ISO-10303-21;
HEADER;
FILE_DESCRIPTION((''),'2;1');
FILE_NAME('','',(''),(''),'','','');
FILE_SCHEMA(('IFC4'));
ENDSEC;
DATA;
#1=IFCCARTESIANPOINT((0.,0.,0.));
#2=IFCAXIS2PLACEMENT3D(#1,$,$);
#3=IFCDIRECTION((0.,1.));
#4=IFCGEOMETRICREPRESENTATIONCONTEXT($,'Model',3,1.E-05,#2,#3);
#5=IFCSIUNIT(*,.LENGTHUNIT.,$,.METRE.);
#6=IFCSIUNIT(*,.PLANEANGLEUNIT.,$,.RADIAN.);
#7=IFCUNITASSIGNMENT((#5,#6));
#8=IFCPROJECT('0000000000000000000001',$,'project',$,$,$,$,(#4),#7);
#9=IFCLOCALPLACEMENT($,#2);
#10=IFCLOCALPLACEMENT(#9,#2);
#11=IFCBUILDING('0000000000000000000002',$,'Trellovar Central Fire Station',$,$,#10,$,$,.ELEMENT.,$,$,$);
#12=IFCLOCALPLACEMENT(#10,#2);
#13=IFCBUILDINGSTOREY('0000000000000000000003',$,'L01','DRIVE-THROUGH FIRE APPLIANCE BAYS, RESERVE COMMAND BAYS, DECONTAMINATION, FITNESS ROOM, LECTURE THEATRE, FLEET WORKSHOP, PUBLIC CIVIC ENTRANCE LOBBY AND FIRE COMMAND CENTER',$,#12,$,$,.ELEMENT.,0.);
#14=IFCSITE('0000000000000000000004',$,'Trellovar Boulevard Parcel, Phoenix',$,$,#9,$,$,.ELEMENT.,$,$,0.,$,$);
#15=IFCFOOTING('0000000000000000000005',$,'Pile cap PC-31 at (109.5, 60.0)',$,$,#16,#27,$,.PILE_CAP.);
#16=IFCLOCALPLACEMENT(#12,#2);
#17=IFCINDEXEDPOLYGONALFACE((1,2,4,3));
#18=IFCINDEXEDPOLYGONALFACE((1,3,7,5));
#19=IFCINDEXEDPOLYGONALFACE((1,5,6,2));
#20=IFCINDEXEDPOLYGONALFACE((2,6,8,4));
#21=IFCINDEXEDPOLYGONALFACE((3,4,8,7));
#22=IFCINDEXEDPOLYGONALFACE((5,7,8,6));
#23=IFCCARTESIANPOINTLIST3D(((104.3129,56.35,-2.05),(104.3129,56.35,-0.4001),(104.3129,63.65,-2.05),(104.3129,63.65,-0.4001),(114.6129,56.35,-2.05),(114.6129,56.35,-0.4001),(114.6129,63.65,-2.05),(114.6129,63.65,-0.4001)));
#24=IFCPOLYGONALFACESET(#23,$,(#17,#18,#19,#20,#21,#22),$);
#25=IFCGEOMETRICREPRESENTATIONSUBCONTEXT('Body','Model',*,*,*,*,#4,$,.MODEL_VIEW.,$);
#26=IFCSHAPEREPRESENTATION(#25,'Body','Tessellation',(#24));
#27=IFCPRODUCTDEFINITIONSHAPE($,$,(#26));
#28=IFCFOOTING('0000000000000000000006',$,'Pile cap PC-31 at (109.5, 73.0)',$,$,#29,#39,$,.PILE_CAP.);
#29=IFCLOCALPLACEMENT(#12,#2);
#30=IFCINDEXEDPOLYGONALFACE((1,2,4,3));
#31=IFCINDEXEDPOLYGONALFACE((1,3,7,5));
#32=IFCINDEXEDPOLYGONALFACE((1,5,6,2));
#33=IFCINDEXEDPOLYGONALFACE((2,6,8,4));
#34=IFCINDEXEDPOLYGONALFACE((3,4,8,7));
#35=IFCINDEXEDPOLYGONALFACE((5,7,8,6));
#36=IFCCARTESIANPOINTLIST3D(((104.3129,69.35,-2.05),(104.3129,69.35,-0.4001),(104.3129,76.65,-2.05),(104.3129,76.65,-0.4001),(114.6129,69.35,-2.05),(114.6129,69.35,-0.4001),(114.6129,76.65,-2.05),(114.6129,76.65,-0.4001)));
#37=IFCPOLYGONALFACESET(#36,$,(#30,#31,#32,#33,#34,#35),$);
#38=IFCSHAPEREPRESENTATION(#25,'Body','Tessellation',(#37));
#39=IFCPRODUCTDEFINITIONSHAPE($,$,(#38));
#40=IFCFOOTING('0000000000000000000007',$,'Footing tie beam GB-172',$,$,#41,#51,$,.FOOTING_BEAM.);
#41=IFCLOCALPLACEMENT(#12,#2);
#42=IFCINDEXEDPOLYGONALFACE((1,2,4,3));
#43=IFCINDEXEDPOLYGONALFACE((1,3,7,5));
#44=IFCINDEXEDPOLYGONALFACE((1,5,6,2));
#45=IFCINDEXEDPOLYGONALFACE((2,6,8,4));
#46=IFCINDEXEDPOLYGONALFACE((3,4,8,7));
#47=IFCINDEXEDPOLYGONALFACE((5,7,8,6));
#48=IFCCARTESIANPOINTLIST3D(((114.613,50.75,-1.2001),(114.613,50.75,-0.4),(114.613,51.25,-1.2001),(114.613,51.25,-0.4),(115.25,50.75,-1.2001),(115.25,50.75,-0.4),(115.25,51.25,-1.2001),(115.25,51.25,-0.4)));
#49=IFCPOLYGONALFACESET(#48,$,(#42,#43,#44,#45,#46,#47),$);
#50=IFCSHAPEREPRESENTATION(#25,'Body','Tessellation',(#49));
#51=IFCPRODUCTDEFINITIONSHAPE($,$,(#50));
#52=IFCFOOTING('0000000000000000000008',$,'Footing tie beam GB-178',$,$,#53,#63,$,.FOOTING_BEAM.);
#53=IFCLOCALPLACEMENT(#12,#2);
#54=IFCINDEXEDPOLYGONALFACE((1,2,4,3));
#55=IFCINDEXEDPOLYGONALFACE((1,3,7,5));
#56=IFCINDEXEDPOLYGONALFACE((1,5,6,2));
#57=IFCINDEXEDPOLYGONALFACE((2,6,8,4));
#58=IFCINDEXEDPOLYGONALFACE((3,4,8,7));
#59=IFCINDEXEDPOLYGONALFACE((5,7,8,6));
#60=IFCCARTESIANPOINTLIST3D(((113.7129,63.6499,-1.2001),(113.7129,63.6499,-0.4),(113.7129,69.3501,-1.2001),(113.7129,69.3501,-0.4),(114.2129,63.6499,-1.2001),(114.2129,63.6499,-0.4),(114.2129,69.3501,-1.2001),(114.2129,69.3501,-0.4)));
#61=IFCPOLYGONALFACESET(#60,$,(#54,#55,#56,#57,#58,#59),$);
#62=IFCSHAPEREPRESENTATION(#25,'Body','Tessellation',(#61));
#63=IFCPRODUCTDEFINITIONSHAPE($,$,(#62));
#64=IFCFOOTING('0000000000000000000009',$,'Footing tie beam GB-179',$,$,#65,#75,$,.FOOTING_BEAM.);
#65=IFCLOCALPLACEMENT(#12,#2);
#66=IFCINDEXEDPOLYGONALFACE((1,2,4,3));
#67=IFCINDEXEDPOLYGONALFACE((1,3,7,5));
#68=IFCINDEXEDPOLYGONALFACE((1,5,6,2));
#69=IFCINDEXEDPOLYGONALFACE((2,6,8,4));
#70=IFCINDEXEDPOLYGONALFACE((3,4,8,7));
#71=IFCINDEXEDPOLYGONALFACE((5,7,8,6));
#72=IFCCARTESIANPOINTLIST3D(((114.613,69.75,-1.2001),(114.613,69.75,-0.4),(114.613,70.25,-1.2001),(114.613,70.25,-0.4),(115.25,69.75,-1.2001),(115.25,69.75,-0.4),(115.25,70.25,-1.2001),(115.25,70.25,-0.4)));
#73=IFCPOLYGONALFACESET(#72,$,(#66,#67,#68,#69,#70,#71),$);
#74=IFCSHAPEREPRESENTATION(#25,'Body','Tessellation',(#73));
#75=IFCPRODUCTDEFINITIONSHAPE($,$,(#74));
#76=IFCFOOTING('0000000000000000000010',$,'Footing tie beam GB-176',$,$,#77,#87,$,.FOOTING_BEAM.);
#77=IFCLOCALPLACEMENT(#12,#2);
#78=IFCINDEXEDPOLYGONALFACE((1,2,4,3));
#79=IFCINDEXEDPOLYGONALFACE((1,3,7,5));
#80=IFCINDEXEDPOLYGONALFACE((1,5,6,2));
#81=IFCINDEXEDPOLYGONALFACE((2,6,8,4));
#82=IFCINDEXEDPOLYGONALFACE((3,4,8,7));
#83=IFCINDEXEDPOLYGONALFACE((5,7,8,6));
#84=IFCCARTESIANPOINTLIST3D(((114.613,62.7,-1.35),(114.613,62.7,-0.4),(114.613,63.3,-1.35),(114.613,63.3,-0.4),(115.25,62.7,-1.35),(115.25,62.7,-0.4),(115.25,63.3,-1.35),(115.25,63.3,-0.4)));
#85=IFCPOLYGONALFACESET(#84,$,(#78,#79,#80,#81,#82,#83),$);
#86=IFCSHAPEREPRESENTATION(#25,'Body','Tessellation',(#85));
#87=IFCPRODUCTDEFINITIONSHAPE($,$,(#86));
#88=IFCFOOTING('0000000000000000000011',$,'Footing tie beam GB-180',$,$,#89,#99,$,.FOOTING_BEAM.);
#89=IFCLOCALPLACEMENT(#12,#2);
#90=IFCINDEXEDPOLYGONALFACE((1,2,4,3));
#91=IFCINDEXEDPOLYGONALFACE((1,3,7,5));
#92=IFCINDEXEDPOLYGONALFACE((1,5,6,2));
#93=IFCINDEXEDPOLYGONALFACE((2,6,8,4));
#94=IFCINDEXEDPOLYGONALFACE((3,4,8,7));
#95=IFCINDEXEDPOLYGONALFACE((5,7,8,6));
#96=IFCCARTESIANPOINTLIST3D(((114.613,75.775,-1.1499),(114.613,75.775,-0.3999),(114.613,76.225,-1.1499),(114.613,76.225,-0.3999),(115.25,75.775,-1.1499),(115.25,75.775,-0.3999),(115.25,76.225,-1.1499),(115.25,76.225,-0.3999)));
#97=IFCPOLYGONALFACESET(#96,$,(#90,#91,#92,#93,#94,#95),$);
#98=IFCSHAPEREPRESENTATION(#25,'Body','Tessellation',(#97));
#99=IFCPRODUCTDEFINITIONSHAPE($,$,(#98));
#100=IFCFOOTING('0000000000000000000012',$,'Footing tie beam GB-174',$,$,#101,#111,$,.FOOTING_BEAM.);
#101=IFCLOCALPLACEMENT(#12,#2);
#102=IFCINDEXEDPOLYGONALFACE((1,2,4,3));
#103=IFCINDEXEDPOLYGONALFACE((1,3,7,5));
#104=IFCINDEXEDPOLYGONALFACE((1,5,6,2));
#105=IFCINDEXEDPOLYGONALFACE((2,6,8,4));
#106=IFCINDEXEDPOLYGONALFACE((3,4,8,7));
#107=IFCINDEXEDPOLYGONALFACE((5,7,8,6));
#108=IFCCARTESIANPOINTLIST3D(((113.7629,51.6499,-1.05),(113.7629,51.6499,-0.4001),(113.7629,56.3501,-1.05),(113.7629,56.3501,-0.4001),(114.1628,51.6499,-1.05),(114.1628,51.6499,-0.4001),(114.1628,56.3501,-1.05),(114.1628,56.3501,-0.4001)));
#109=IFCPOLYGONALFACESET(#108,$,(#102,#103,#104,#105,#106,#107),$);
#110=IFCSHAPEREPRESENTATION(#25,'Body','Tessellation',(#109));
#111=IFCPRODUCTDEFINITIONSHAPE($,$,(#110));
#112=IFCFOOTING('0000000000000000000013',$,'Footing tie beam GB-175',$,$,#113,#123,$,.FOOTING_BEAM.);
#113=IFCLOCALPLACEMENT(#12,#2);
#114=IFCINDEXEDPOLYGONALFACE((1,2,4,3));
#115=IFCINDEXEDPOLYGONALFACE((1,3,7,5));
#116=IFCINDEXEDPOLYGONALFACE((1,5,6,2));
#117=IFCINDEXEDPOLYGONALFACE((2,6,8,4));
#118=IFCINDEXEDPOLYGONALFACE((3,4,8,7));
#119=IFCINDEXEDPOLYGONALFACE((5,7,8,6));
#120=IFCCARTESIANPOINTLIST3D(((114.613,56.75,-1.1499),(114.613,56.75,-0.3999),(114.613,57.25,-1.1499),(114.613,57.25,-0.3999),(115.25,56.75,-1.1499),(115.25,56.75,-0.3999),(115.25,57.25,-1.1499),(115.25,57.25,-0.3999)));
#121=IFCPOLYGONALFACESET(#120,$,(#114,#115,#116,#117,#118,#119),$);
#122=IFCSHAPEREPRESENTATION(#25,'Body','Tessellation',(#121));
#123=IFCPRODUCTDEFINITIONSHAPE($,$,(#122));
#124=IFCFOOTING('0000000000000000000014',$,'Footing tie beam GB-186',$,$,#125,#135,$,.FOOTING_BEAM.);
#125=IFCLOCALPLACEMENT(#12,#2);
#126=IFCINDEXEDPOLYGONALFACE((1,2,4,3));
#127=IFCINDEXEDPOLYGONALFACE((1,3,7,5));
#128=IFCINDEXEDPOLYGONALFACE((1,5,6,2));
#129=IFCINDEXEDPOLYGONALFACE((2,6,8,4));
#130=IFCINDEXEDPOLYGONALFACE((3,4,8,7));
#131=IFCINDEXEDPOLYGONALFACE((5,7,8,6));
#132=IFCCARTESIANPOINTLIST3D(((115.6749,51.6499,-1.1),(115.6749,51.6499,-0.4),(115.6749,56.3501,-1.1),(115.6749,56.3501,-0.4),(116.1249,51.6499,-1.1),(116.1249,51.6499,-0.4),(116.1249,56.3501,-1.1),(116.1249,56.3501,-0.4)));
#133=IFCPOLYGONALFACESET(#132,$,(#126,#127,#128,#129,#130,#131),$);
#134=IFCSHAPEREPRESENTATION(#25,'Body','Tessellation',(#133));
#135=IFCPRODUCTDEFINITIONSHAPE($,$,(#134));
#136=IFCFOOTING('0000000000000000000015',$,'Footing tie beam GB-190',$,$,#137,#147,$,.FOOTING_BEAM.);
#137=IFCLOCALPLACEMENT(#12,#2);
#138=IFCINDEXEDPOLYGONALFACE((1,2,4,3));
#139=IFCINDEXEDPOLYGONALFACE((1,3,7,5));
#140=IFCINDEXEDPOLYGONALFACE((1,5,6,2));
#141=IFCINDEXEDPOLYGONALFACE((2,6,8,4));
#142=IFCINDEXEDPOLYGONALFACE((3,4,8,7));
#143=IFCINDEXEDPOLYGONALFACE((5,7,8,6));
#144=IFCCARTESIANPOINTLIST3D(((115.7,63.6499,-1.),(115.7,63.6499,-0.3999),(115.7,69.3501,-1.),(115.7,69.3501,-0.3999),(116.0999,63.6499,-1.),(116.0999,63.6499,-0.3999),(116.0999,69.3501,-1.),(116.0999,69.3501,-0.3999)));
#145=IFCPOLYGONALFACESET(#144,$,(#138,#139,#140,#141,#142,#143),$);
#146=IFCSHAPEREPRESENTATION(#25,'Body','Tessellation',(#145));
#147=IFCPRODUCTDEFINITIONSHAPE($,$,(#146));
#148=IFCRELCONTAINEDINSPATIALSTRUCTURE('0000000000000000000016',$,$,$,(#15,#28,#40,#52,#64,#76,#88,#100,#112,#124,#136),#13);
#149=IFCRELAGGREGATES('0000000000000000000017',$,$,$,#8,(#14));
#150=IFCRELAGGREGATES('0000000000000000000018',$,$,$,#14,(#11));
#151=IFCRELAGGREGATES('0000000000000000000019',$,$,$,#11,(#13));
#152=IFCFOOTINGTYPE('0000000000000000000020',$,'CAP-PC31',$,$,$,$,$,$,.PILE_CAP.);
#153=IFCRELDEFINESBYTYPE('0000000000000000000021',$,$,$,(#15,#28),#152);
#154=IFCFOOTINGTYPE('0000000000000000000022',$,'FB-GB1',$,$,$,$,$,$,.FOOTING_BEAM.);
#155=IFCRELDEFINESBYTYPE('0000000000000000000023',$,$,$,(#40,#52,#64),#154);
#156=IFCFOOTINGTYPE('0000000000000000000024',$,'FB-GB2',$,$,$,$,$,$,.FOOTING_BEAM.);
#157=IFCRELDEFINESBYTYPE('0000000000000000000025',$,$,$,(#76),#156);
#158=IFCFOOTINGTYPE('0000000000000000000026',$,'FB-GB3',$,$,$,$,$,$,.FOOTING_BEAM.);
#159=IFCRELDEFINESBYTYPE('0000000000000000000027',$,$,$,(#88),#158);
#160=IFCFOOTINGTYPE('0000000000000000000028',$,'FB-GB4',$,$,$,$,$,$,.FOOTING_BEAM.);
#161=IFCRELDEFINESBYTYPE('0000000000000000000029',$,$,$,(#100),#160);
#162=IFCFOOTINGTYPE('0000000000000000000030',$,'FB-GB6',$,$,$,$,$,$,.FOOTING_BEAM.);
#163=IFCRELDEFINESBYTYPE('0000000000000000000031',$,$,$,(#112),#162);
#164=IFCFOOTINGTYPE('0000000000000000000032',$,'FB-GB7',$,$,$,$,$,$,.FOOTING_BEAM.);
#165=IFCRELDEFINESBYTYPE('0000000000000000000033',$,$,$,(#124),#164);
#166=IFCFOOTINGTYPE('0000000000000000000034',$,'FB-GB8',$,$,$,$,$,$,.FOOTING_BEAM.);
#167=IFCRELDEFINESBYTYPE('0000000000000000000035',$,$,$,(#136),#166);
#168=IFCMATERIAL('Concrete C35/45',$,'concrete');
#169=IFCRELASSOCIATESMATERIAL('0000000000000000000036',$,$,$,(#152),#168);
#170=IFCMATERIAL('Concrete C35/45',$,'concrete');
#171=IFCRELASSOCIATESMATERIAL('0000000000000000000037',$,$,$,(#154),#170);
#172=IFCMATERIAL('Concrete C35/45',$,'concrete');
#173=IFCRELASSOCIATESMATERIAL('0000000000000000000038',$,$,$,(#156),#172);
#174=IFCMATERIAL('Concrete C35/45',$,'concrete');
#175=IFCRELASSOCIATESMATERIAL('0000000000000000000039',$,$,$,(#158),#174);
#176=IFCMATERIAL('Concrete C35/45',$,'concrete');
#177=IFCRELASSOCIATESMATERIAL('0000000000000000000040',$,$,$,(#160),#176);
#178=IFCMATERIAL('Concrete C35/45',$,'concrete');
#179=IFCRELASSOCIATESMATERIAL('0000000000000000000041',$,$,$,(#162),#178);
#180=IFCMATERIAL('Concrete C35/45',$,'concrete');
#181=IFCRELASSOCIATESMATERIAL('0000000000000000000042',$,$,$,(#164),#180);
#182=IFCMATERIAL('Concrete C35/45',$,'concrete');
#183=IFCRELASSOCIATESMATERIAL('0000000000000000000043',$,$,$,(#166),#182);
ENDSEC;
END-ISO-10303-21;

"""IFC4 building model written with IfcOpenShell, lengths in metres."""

from ifc_helpers import new_model, si_unit, direction, frame, origin, origin_2d, place, context, subcontext, project, spatial, rectangle, extrude, material, material_profile, profile_set, type_object, element, save


model = new_model("IFC4")

# Units and contexts
model_context = context("Model", 3, precision=1e-05, world=origin(), true_north=direction((0.0, 1.0)))
body_context = subcontext(model_context, "Body", "Model", "MODEL_VIEW")
ifc_project = project(units=[si_unit("LENGTHUNIT", "METRE"), si_unit("PLANEANGLEUNIT", "RADIAN")], contexts=[model_context])

# Site, building, storey
site_placement = place(None, origin())
site = spatial("IfcSite", under=ifc_project, at=site_placement, Name="Trellovar Boulevard Parcel, Phoenix", CompositionType="ELEMENT", RefElevation=0.0)
building_placement = place(site_placement, origin())
building = spatial("IfcBuilding", under=site, at=building_placement, Name="Trellovar Central Fire Station", CompositionType="ELEMENT")
storey_placement = place(building_placement, origin())
storey = spatial("IfcBuildingStorey", under=building, at=storey_placement, Name="L01", Description="DRIVE-THROUGH FIRE APPLIANCE BAYS, RESERVE COMMAND BAYS, DECONTAMINATION, FITNESS ROOM, LECTURE THEATRE, FLEET WORKSHOP, PUBLIC CIVIC ENTRANCE LOBBY AND FIRE COMMAND CENTER", CompositionType="ELEMENT", Elevation=0.0)

# Footings
ifc_material_1 = material(Name="Concrete C35/45", Category="concrete")
footing_type_1 = type_object("IfcFootingType", Name="CAP-PC31", PredefinedType="PILE_CAP", material=ifc_material_1)
for number, where, z_axis, x_axis, name in (
    (1, (109.4629, 60.0, -2.05), (0.0, 0.0, 1.0), (1.0, 0.0, 0.0), "Pile cap PC-31 at (109.5, 60.0)"),
    (2, (109.4629, 73.0, -2.05), (0.0, 0.0, 1.0), (1.0, 0.0, 0.0), "Pile cap PC-31 at (109.5, 73.0)"),
):
    element("IfcFooting", number, at=place(storey_placement, frame(where, z_axis=z_axis, x_axis=x_axis)), inside=storey, type_object=footing_type_1, Name=name, PredefinedType="PILE_CAP", context=body_context, shape_type="SweptSolid", body=[
        extrude(rectangle(XDim=10.3, YDim=7.3, at=origin_2d()), origin(), (0.0, 0.0, 1.0), 1.6499),
    ])
ifc_material_2 = material(Name="Concrete C35/45", Category="concrete")
ifc_material_profile_1 = material_profile(ifc_material_2, rectangle(XDim=0.5, YDim=0.8, at=origin_2d()), Name="RC500X800")
ifc_profile_set_1 = profile_set([ifc_material_profile_1], Name="Concrete C35/45")
footing_type_2 = type_object("IfcFootingType", Name="FB-GB1", PredefinedType="FOOTING_BEAM", material=ifc_profile_set_1)
footing_1_placement = place(storey_placement, frame((114.613, 51.0, -0.8), z_axis=(1.0, 0.0, 0.0), x_axis=(0.0, 1.0, 0.0)))
element("IfcFooting", 3, at=footing_1_placement, inside=storey, type_object=footing_type_2, Name="Footing tie beam GB-172", PredefinedType="FOOTING_BEAM", context=body_context, shape_type="SweptSolid", body=[
    extrude(rectangle(XDim=0.5, YDim=0.8, at=origin_2d()), origin(), (0.0, 0.0, 1.0), 0.637),
])
footing_2_placement = place(storey_placement, frame((113.9629, 63.6499, -0.8), z_axis=(0.0, 1.0, 0.0), x_axis=(-1.0, 0.0, 0.0)))
element("IfcFooting", 4, at=footing_2_placement, inside=storey, type_object=footing_type_2, Name="Footing tie beam GB-178", PredefinedType="FOOTING_BEAM", context=body_context, shape_type="SweptSolid", body=[
    extrude(rectangle(XDim=0.5, YDim=0.8, at=origin_2d()), origin(), (0.0, 0.0, 1.0), 5.7002),
])
footing_3_placement = place(storey_placement, frame((114.613, 70.0, -0.8), z_axis=(1.0, 0.0, 0.0), x_axis=(0.0, 1.0, 0.0)))
element("IfcFooting", 5, at=footing_3_placement, inside=storey, type_object=footing_type_2, Name="Footing tie beam GB-179", PredefinedType="FOOTING_BEAM", context=body_context, shape_type="SweptSolid", body=[
    extrude(rectangle(XDim=0.5, YDim=0.8, at=origin_2d()), origin(), (0.0, 0.0, 1.0), 0.637),
])
ifc_material_3 = material(Name="Concrete C35/45", Category="concrete")
ifc_material_profile_2 = material_profile(ifc_material_3, rectangle(XDim=0.6001, YDim=0.95, at=origin_2d()), Name="RC600X950")
ifc_profile_set_2 = profile_set([ifc_material_profile_2], Name="Concrete C35/45")
footing_type_3 = type_object("IfcFootingType", Name="FB-GB2", PredefinedType="FOOTING_BEAM", material=ifc_profile_set_2)
footing_4_placement = place(storey_placement, frame((114.613, 63.0, -0.875), z_axis=(1.0, 0.0, 0.0), x_axis=(0.0, 1.0, 0.0)))
element("IfcFooting", 6, at=footing_4_placement, inside=storey, type_object=footing_type_3, Name="Footing tie beam GB-176", PredefinedType="FOOTING_BEAM", context=body_context, shape_type="SweptSolid", body=[
    extrude(rectangle(XDim=0.6001, YDim=0.95, at=origin_2d()), origin(), (0.0, 0.0, 1.0), 0.637),
])
ifc_material_4 = material(Name="Concrete C35/45", Category="concrete")
ifc_material_profile_3 = material_profile(ifc_material_4, rectangle(XDim=0.45, YDim=0.75, at=origin_2d()), Name="RC450X750")
ifc_profile_set_3 = profile_set([ifc_material_profile_3], Name="Concrete C35/45")
footing_type_4 = type_object("IfcFootingType", Name="FB-GB3", PredefinedType="FOOTING_BEAM", material=ifc_profile_set_3)
footing_5_placement = place(storey_placement, frame((114.613, 76.0, -0.7749), z_axis=(1.0, 0.0, 0.0), x_axis=(0.0, 1.0, 0.0)))
element("IfcFooting", 7, at=footing_5_placement, inside=storey, type_object=footing_type_4, Name="Footing tie beam GB-180", PredefinedType="FOOTING_BEAM", context=body_context, shape_type="SweptSolid", body=[
    extrude(rectangle(XDim=0.45, YDim=0.75, at=origin_2d()), origin(), (0.0, 0.0, 1.0), 0.637),
])
ifc_material_5 = material(Name="Concrete C35/45", Category="concrete")
ifc_material_profile_4 = material_profile(ifc_material_5, rectangle(XDim=0.3999, YDim=0.6499, at=origin_2d()), Name="RC400X650")
ifc_profile_set_4 = profile_set([ifc_material_profile_4], Name="Concrete C35/45")
footing_type_5 = type_object("IfcFootingType", Name="FB-GB4", PredefinedType="FOOTING_BEAM", material=ifc_profile_set_4)
footing_6_placement = place(storey_placement, frame((113.9629, 51.6499, -0.7251), z_axis=(0.0, 1.0, 0.0), x_axis=(-1.0, 0.0, 0.0)))
element("IfcFooting", 8, at=footing_6_placement, inside=storey, type_object=footing_type_5, Name="Footing tie beam GB-174", PredefinedType="FOOTING_BEAM", context=body_context, shape_type="SweptSolid", body=[
    extrude(rectangle(XDim=0.3999, YDim=0.6499, at=origin_2d()), origin(), (0.0, 0.0, 1.0), 4.7002),
])
ifc_material_6 = material(Name="Concrete C35/45", Category="concrete")
ifc_material_profile_5 = material_profile(ifc_material_6, rectangle(XDim=0.5, YDim=0.75, at=origin_2d()), Name="RC500X750")
ifc_profile_set_5 = profile_set([ifc_material_profile_5], Name="Concrete C35/45")
footing_type_6 = type_object("IfcFootingType", Name="FB-GB6", PredefinedType="FOOTING_BEAM", material=ifc_profile_set_5)
footing_7_placement = place(storey_placement, frame((114.613, 57.0, -0.7749), z_axis=(1.0, 0.0, 0.0), x_axis=(0.0, 1.0, 0.0)))
element("IfcFooting", 9, at=footing_7_placement, inside=storey, type_object=footing_type_6, Name="Footing tie beam GB-175", PredefinedType="FOOTING_BEAM", context=body_context, shape_type="SweptSolid", body=[
    extrude(rectangle(XDim=0.5, YDim=0.75, at=origin_2d()), origin(), (0.0, 0.0, 1.0), 0.637),
])
ifc_material_7 = material(Name="Concrete C35/45", Category="concrete")
ifc_material_profile_6 = material_profile(ifc_material_7, rectangle(XDim=0.45, YDim=0.7, at=origin_2d()), Name="RC450X700")
ifc_profile_set_6 = profile_set([ifc_material_profile_6], Name="Concrete C35/45")
footing_type_7 = type_object("IfcFootingType", Name="FB-GB7", PredefinedType="FOOTING_BEAM", material=ifc_profile_set_6)
footing_8_placement = place(storey_placement, frame((115.8999, 51.6499, -0.75), z_axis=(0.0, 1.0, 0.0), x_axis=(-1.0, 0.0, 0.0)))
element("IfcFooting", 10, at=footing_8_placement, inside=storey, type_object=footing_type_7, Name="Footing tie beam GB-186", PredefinedType="FOOTING_BEAM", context=body_context, shape_type="SweptSolid", body=[
    extrude(rectangle(XDim=0.45, YDim=0.7, at=origin_2d()), origin(), (0.0, 0.0, 1.0), 4.7002),
])
ifc_material_8 = material(Name="Concrete C35/45", Category="concrete")
ifc_material_profile_7 = material_profile(ifc_material_8, rectangle(XDim=0.3999, YDim=0.6001, at=origin_2d()), Name="RC400X600")
ifc_profile_set_7 = profile_set([ifc_material_profile_7], Name="Concrete C35/45")
footing_type_8 = type_object("IfcFootingType", Name="FB-GB8", PredefinedType="FOOTING_BEAM", material=ifc_profile_set_7)
footing_9_placement = place(storey_placement, frame((115.8999, 63.6499, -0.7), z_axis=(0.0, 1.0, 0.0), x_axis=(-1.0, 0.0, 0.0)))
element("IfcFooting", 11, at=footing_9_placement, inside=storey, type_object=footing_type_8, Name="Footing tie beam GB-190", PredefinedType="FOOTING_BEAM", context=body_context, shape_type="SweptSolid", body=[
    extrude(rectangle(XDim=0.3999, YDim=0.6001, at=origin_2d()), origin(), (0.0, 0.0, 1.0), 5.7002),
])

save(model, "model.ifc")
